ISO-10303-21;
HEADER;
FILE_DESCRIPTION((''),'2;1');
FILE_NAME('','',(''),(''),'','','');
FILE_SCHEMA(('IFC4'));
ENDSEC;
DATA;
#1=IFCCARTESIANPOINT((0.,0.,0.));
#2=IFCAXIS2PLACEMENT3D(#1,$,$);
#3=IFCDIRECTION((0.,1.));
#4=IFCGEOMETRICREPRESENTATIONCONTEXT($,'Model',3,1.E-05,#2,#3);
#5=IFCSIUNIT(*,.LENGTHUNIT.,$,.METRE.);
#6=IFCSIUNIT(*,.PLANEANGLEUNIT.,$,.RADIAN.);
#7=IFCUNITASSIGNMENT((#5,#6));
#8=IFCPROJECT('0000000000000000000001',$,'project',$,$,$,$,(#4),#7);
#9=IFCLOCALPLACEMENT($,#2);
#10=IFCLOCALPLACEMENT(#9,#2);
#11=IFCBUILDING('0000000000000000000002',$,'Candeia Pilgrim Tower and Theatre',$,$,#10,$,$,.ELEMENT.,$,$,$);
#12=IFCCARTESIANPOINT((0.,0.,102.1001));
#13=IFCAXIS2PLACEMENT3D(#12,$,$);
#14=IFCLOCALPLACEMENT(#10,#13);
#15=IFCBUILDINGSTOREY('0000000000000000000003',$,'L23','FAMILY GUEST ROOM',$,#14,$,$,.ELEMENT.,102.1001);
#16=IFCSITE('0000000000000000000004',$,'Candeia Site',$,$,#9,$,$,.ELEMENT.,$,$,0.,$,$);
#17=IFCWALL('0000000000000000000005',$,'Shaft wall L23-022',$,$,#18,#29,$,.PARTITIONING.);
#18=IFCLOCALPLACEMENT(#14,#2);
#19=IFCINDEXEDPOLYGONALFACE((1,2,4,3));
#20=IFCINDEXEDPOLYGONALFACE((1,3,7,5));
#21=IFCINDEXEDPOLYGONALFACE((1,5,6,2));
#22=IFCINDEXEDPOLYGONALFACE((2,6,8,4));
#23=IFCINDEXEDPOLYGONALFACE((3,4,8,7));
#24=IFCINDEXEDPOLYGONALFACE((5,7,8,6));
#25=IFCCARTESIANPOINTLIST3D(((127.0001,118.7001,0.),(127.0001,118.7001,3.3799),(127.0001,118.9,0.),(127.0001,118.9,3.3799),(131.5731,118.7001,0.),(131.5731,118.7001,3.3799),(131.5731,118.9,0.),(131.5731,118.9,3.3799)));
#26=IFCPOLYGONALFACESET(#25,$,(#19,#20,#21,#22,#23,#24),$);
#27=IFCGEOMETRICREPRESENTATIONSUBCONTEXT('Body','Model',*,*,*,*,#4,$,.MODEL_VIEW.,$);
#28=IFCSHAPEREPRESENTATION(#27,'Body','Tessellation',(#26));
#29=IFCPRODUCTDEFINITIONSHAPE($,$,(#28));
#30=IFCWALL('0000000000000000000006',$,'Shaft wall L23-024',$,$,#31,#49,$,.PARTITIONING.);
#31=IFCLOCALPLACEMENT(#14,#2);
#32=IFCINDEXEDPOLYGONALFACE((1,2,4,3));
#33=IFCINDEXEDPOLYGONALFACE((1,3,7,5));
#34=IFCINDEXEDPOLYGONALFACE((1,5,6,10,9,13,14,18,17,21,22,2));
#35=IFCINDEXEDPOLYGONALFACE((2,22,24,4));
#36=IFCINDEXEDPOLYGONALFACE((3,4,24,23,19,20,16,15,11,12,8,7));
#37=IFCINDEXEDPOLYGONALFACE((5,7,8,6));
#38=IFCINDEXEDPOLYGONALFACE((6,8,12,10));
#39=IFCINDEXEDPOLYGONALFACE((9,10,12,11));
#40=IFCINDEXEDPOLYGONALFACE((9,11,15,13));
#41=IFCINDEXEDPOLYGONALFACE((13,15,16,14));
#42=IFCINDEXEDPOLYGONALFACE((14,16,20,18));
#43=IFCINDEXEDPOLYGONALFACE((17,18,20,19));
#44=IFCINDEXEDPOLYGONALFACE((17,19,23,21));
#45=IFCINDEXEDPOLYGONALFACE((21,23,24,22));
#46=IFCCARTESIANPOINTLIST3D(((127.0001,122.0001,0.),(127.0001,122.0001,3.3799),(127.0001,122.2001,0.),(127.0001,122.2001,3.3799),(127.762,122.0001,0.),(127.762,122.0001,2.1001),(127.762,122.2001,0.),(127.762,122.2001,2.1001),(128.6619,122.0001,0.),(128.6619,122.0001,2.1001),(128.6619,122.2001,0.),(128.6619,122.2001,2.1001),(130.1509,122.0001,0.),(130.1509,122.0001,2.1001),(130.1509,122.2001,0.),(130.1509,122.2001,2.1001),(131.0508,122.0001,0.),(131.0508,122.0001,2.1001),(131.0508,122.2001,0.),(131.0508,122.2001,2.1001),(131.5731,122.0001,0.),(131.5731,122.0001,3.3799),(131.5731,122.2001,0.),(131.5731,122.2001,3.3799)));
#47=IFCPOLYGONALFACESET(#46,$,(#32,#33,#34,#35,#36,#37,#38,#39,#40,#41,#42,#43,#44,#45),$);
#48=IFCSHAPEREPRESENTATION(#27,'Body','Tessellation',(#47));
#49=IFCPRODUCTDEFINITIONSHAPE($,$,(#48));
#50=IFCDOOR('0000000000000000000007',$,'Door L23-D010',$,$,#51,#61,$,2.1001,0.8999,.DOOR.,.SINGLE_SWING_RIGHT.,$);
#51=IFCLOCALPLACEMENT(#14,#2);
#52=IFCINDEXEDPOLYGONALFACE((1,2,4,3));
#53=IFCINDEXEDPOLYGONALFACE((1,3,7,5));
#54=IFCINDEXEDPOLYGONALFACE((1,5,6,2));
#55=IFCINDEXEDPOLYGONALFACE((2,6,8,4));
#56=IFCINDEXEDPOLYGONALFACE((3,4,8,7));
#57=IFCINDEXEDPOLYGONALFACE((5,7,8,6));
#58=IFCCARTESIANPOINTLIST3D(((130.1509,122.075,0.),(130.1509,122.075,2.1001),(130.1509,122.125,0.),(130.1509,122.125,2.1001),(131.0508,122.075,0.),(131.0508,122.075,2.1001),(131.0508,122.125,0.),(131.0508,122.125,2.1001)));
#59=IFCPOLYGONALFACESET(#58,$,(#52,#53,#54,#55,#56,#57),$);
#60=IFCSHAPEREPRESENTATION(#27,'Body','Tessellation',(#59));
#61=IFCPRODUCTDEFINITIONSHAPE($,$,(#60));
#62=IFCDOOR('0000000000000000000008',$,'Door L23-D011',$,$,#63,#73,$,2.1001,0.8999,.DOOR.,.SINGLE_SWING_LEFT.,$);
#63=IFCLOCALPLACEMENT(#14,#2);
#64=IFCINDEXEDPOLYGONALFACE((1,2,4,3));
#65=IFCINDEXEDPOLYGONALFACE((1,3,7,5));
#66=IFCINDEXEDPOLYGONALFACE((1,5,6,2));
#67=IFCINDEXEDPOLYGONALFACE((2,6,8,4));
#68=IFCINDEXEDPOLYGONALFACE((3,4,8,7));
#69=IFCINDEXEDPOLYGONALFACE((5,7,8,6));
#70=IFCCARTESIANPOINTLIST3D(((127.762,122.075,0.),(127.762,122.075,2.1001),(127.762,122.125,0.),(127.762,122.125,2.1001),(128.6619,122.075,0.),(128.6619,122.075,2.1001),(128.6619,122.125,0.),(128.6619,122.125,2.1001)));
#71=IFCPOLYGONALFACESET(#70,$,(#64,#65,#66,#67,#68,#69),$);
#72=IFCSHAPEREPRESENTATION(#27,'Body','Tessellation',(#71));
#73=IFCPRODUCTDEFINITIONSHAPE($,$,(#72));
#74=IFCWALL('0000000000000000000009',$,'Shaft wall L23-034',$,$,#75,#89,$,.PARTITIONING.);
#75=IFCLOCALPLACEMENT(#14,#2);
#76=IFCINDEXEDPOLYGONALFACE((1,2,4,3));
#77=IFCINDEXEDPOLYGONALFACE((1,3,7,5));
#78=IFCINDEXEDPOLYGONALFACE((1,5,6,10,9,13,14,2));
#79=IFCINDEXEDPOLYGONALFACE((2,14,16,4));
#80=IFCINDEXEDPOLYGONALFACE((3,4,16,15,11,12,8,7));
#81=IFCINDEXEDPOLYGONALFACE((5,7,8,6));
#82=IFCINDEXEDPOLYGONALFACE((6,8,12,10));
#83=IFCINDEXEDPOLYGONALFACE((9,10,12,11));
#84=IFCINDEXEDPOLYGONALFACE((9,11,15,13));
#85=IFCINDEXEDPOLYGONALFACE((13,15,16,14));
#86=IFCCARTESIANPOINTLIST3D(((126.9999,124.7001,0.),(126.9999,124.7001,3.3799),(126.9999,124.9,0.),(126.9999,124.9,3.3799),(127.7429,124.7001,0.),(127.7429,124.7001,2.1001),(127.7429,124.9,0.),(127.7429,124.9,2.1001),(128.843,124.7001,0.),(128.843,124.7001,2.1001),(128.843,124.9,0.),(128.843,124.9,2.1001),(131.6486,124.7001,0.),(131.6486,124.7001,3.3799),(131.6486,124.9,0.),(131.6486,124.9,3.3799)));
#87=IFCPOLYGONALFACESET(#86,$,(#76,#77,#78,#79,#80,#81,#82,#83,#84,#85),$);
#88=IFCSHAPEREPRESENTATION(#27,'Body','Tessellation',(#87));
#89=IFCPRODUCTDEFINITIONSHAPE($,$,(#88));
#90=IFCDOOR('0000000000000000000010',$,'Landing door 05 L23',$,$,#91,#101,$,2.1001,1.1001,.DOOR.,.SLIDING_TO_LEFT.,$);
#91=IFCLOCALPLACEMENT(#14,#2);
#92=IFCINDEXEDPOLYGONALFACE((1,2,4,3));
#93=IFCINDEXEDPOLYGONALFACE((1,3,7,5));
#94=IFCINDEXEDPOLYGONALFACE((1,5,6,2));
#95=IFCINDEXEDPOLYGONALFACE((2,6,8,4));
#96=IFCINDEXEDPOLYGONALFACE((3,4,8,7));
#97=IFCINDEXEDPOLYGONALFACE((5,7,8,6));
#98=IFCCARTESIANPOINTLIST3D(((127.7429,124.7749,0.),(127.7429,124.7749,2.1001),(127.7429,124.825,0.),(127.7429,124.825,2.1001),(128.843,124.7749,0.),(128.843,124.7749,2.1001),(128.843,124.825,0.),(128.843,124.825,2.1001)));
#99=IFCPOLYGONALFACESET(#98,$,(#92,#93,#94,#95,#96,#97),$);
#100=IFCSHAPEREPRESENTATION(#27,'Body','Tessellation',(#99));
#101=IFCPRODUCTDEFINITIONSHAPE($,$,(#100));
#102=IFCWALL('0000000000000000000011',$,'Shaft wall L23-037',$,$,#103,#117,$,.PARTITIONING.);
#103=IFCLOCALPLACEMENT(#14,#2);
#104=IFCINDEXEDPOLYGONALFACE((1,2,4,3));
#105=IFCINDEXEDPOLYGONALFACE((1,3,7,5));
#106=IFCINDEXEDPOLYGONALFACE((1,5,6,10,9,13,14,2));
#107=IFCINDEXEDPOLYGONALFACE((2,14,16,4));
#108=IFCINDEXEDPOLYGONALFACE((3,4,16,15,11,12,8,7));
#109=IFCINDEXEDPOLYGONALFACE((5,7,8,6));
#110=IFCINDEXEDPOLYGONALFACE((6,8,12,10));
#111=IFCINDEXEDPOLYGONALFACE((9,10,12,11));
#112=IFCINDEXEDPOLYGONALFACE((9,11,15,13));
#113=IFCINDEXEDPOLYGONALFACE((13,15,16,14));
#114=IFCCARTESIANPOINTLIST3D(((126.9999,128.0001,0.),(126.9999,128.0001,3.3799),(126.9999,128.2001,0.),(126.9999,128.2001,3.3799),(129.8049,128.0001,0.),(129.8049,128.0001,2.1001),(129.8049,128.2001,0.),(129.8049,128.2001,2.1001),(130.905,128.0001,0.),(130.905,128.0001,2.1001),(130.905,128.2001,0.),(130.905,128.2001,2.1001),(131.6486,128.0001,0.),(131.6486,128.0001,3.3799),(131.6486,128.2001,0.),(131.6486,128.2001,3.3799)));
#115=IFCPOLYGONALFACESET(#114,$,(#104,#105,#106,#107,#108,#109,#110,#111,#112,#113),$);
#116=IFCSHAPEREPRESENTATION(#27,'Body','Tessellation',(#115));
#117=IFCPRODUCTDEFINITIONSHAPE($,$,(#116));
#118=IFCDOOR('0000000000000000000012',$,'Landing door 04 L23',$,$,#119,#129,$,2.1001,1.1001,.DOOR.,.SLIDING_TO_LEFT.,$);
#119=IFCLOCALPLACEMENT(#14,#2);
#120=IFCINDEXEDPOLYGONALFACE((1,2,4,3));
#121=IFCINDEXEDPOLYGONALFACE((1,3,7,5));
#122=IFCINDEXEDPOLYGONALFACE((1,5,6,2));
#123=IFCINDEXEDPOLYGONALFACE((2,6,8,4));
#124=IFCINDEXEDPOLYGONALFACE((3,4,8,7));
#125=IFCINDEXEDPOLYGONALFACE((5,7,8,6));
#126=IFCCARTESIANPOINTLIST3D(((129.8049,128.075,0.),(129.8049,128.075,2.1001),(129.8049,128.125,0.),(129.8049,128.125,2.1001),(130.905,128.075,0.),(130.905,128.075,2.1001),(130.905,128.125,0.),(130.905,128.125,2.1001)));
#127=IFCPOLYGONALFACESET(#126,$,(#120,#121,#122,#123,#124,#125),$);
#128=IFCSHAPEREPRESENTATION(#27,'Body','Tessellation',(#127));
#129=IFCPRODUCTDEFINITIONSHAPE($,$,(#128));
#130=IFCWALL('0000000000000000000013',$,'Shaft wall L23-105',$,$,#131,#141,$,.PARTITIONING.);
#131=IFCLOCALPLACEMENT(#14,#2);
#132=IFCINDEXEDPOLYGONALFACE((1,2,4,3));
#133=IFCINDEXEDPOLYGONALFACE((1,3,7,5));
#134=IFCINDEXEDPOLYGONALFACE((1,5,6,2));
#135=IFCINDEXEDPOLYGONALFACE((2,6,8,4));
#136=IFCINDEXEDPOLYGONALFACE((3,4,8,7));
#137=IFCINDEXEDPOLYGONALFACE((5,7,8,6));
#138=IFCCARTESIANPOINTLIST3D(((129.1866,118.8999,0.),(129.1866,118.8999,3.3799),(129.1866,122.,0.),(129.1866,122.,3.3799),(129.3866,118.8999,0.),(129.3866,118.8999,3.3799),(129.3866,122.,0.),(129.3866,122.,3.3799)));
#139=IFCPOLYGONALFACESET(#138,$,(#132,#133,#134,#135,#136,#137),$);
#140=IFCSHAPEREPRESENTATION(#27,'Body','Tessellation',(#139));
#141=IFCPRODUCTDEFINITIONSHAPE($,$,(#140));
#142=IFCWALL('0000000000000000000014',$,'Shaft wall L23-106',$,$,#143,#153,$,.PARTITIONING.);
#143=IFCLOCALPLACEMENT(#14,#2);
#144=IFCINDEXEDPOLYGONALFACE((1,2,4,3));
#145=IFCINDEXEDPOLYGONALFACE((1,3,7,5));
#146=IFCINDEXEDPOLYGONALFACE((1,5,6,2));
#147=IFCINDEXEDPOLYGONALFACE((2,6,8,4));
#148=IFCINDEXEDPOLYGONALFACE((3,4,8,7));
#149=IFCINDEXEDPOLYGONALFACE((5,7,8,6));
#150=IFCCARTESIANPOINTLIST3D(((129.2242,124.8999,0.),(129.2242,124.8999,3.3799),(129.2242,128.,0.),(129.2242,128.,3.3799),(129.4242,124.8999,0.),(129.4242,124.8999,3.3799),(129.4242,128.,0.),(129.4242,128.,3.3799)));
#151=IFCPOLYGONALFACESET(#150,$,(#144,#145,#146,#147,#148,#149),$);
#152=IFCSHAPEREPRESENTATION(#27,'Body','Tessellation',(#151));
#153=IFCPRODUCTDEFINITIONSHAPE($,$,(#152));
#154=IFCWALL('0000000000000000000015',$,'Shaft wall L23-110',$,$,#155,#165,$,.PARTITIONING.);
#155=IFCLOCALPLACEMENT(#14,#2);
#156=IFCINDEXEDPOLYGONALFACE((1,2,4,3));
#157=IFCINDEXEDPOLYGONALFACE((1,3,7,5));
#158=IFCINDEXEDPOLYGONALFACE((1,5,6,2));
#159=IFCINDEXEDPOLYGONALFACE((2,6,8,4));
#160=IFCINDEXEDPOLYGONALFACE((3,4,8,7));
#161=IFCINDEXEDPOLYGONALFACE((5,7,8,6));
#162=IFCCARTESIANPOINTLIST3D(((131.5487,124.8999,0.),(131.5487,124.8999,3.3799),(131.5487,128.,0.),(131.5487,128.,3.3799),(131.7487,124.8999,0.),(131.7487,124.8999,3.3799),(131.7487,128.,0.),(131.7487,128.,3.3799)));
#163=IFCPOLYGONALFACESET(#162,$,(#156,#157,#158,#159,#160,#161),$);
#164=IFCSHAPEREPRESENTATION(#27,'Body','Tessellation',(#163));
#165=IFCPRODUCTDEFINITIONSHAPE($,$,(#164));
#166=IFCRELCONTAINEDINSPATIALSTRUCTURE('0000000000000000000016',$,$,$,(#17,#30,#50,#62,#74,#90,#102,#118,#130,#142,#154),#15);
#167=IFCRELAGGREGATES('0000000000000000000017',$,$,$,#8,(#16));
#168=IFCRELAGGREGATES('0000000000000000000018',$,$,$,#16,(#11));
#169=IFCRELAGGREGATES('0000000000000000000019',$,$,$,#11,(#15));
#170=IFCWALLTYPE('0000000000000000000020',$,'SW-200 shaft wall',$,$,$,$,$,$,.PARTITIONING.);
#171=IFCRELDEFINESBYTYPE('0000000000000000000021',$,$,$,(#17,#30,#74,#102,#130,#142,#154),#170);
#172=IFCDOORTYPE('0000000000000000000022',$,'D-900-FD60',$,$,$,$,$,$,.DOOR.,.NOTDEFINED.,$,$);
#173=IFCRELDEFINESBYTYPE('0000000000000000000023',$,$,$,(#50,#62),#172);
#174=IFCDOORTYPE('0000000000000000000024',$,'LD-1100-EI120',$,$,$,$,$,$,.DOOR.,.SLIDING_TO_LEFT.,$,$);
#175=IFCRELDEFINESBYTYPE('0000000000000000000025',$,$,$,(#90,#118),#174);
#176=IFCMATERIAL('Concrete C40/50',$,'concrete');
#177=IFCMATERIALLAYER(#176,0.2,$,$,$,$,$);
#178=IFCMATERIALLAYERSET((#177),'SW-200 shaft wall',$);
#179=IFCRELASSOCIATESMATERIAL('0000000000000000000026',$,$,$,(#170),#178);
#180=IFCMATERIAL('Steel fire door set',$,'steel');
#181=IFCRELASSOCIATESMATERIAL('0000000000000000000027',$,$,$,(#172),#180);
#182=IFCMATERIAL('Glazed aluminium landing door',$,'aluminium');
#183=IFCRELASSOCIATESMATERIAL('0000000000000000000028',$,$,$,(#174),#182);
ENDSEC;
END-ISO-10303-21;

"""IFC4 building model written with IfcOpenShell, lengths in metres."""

from ifc_helpers import new_model, si_unit, direction, frame, frame_2d, origin, place, context, subcontext, project, spatial, rectangle, extrude, material, layer, layer_set, type_object, element, fill, save


model = new_model("IFC4")

# Units and contexts
model_context = context("Model", 3, precision=1e-05, world=origin(), true_north=direction((0.0, 1.0)))
body_context = subcontext(model_context, "Body", "Model", "MODEL_VIEW")
ifc_project = project(units=[si_unit("LENGTHUNIT", "METRE"), si_unit("PLANEANGLEUNIT", "RADIAN")], contexts=[model_context])

# Site, building, storey
site_placement = place(None, origin())
site = spatial("IfcSite", under=ifc_project, at=site_placement, Name="Candeia Site", CompositionType="ELEMENT", RefElevation=0.0)
building_placement = place(site_placement, origin())
building = spatial("IfcBuilding", under=site, at=building_placement, Name="Candeia Pilgrim Tower and Theatre", CompositionType="ELEMENT")
storey_placement = place(building_placement, frame((0.0, 0.0, 102.1001)))
storey = spatial("IfcBuildingStorey", under=building, at=storey_placement, Name="L23", Description="FAMILY GUEST ROOM", CompositionType="ELEMENT", Elevation=102.1001)

# Shared definitions
ifc_material_1 = material(Name="Steel fire door set", Category="steel")

# Wall
ifc_material_2 = material(Name="Concrete C40/50", Category="concrete")
ifc_layer_1 = layer(ifc_material_2, 0.2)
ifc_layer_set_1 = layer_set([ifc_layer_1], Name="SW-200 shaft wall")
wall_type_1 = type_object("IfcWallType", Name="SW-200 shaft wall", PredefinedType="PARTITIONING", material=ifc_layer_set_1)
wall_1_placement = place(storey_placement, frame((127.0, 118.8, 0.0), z_axis=(0.0, 0.0, 1.0), x_axis=(1.0, 0.0, 0.0)))
element("IfcWall", 1, at=wall_1_placement, inside=storey, type_object=wall_type_1, Name="Shaft wall L23-022", PredefinedType="PARTITIONING", context=body_context, shape_type="SweptSolid", body=[
    extrude(rectangle(XDim=4.573, YDim=0.2, at=frame_2d((2.2866, 0.0))), origin(), (0.0, 0.0, 1.0), 3.3799),
])

# Wall, openings, doors
wall_2_placement = place(storey_placement, frame((127.0, 122.1001, 0.0), z_axis=(0.0, 0.0, 1.0), x_axis=(1.0, 0.0, 0.0)))
wall_2 = element("IfcWall", 2, at=wall_2_placement, inside=storey, type_object=wall_type_1, Name="Shaft wall L23-024", PredefinedType="PARTITIONING", context=body_context, shape_type="SweptSolid", body=[
    extrude(rectangle(XDim=4.573, YDim=0.2, at=frame_2d((2.2866, 0.0))), origin(), (0.0, 0.0, 1.0), 3.3799),
])
opening_1_placement = place(wall_2_placement, frame((3.1509, 0.0, 0.0)))
opening_1 = element("IfcOpeningElement", 3, at=opening_1_placement, cuts=wall_2, PredefinedType="OPENING", context=body_context, shape_type="SweptSolid", body=[
    extrude(rectangle(XDim=0.8999, YDim=2.1001, at=frame_2d((0.45, 1.05))), frame((0.0, 0.1099, 0.0), z_axis=(0.0, -1.0, 0.0), x_axis=(1.0, 0.0, 0.0)), (0.0, 0.0, 1.0), 0.22),
])
opening_2_placement = place(wall_2_placement, frame((0.762, 0.0, 0.0)))
opening_2 = element("IfcOpeningElement", 4, at=opening_2_placement, cuts=wall_2, PredefinedType="OPENING", context=body_context, shape_type="SweptSolid", body=[
    extrude(rectangle(XDim=0.8999, YDim=2.1001, at=frame_2d((0.45, 1.05))), frame((0.0, 0.1099, 0.0), z_axis=(0.0, -1.0, 0.0), x_axis=(1.0, 0.0, 0.0)), (0.0, 0.0, 1.0), 0.22),
])
door_type_1 = type_object("IfcDoorType", Name="D-900-FD60", OperationType="NOTDEFINED", PredefinedType="DOOR", material=ifc_material_1)
door_1_placement = place(opening_1_placement, origin())
door_1 = element("IfcDoor", 5, at=door_1_placement, inside=storey, type_object=door_type_1, Name="Door L23-D010", OperationType="SINGLE_SWING_RIGHT", OverallHeight=2.1001, OverallWidth=0.8999, PredefinedType="DOOR", context=body_context, shape_type="SweptSolid", body=[
    extrude(rectangle(XDim=0.8999, YDim=2.1001, at=frame_2d((0.45, 1.05))), frame((0.0, 0.0249, 0.0), z_axis=(0.0, -1.0, 0.0), x_axis=(1.0, 0.0, 0.0)), (0.0, 0.0, 1.0), 0.05),
])
fill(opening_1, door_1)
door_2_placement = place(opening_2_placement, origin())
door_2 = element("IfcDoor", 6, at=door_2_placement, inside=storey, type_object=door_type_1, Name="Door L23-D011", OperationType="SINGLE_SWING_LEFT", OverallHeight=2.1001, OverallWidth=0.8999, PredefinedType="DOOR", context=body_context, shape_type="SweptSolid", body=[
    extrude(rectangle(XDim=0.8999, YDim=2.1001, at=frame_2d((0.45, 1.05))), frame((0.0, 0.0249, 0.0), z_axis=(0.0, -1.0, 0.0), x_axis=(1.0, 0.0, 0.0)), (0.0, 0.0, 1.0), 0.05),
])
fill(opening_2, door_2)

# Walls, openings, doors
wall_3_placement = place(storey_placement, frame((127.0, 124.8, 0.0), z_axis=(0.0, 0.0, 1.0), x_axis=(1.0, 0.0, 0.0)))
wall_3 = element("IfcWall", 7, at=wall_3_placement, inside=storey, type_object=wall_type_1, Name="Shaft wall L23-034", PredefinedType="PARTITIONING", context=body_context, shape_type="SweptSolid", body=[
    extrude(rectangle(XDim=4.6487, YDim=0.2, at=frame_2d((2.3242, 0.0))), origin(), (0.0, 0.0, 1.0), 3.3799),
])
opening_3_placement = place(wall_3_placement, frame((0.7429, 0.0, 0.0)))
opening_3 = element("IfcOpeningElement", 8, at=opening_3_placement, cuts=wall_3, PredefinedType="OPENING", context=body_context, shape_type="SweptSolid", body=[
    extrude(rectangle(XDim=1.1001, YDim=2.1001, at=frame_2d((0.55, 1.05))), frame((0.0, 0.1099, 0.0), z_axis=(0.0, -1.0, 0.0), x_axis=(1.0, 0.0, 0.0)), (0.0, 0.0, 1.0), 0.22),
])
ifc_material_3 = material(Name="Glazed aluminium landing door", Category="aluminium")
door_type_2 = type_object("IfcDoorType", Name="LD-1100-EI120", OperationType="SLIDING_TO_LEFT", PredefinedType="DOOR", material=ifc_material_3)
door_3_placement = place(opening_3_placement, origin())
door_3 = element("IfcDoor", 9, at=door_3_placement, inside=storey, type_object=door_type_2, Name="Landing door 05 L23", OperationType="SLIDING_TO_LEFT", OverallHeight=2.1001, OverallWidth=1.1001, PredefinedType="DOOR", context=body_context, shape_type="SweptSolid", body=[
    extrude(rectangle(XDim=1.1001, YDim=2.1001, at=frame_2d((0.55, 1.05))), frame((0.0, 0.0249, 0.0), z_axis=(0.0, -1.0, 0.0), x_axis=(1.0, 0.0, 0.0)), (0.0, 0.0, 1.0), 0.05),
])
fill(opening_3, door_3)
wall_4_placement = place(storey_placement, frame((127.0, 128.1001, 0.0), z_axis=(0.0, 0.0, 1.0), x_axis=(1.0, 0.0, 0.0)))
wall_4 = element("IfcWall", 10, at=wall_4_placement, inside=storey, type_object=wall_type_1, Name="Shaft wall L23-037", PredefinedType="PARTITIONING", context=body_context, shape_type="SweptSolid", body=[
    extrude(rectangle(XDim=4.6487, YDim=0.2, at=frame_2d((2.3242, 0.0))), origin(), (0.0, 0.0, 1.0), 3.3799),
])
opening_4_placement = place(wall_4_placement, frame((2.8049, 0.0, 0.0)))
opening_4 = element("IfcOpeningElement", 11, at=opening_4_placement, cuts=wall_4, PredefinedType="OPENING", context=body_context, shape_type="SweptSolid", body=[
    extrude(rectangle(XDim=1.1001, YDim=2.1001, at=frame_2d((0.55, 1.05))), frame((0.0, 0.1099, 0.0), z_axis=(0.0, -1.0, 0.0), x_axis=(1.0, 0.0, 0.0)), (0.0, 0.0, 1.0), 0.22),
])
door_4_placement = place(opening_4_placement, origin())
door_4 = element("IfcDoor", 12, at=door_4_placement, inside=storey, type_object=door_type_2, Name="Landing door 04 L23", OperationType="SLIDING_TO_LEFT", OverallHeight=2.1001, OverallWidth=1.1001, PredefinedType="DOOR", context=body_context, shape_type="SweptSolid", body=[
    extrude(rectangle(XDim=1.1001, YDim=2.1001, at=frame_2d((0.55, 1.05))), frame((0.0, 0.0249, 0.0), z_axis=(0.0, -1.0, 0.0), x_axis=(1.0, 0.0, 0.0)), (0.0, 0.0, 1.0), 0.05),
])
fill(opening_4, door_4)

# Walls
for number, where, z_axis, x_axis, name in (
    (13, (129.2866, 118.8999, 0.0), (0.0, 0.0, 1.0), (0.0, 1.0, 0.0), "Shaft wall L23-105"),
    (14, (129.3242, 124.8999, 0.0), (0.0, 0.0, 1.0), (0.0, 1.0, 0.0), "Shaft wall L23-106"),
    (15, (131.6487, 124.8999, 0.0), (0.0, 0.0, 1.0), (0.0, 1.0, 0.0), "Shaft wall L23-110"),
):
    element("IfcWall", number, at=place(storey_placement, frame(where, z_axis=z_axis, x_axis=x_axis)), inside=storey, type_object=wall_type_1, Name=name, PredefinedType="PARTITIONING", context=body_context, shape_type="SweptSolid", body=[
        extrude(rectangle(XDim=3.1001, YDim=0.2, at=frame_2d((1.55, 0.0))), origin(), (0.0, 0.0, 1.0), 3.3799),
    ])

save(model, "model.ifc")
